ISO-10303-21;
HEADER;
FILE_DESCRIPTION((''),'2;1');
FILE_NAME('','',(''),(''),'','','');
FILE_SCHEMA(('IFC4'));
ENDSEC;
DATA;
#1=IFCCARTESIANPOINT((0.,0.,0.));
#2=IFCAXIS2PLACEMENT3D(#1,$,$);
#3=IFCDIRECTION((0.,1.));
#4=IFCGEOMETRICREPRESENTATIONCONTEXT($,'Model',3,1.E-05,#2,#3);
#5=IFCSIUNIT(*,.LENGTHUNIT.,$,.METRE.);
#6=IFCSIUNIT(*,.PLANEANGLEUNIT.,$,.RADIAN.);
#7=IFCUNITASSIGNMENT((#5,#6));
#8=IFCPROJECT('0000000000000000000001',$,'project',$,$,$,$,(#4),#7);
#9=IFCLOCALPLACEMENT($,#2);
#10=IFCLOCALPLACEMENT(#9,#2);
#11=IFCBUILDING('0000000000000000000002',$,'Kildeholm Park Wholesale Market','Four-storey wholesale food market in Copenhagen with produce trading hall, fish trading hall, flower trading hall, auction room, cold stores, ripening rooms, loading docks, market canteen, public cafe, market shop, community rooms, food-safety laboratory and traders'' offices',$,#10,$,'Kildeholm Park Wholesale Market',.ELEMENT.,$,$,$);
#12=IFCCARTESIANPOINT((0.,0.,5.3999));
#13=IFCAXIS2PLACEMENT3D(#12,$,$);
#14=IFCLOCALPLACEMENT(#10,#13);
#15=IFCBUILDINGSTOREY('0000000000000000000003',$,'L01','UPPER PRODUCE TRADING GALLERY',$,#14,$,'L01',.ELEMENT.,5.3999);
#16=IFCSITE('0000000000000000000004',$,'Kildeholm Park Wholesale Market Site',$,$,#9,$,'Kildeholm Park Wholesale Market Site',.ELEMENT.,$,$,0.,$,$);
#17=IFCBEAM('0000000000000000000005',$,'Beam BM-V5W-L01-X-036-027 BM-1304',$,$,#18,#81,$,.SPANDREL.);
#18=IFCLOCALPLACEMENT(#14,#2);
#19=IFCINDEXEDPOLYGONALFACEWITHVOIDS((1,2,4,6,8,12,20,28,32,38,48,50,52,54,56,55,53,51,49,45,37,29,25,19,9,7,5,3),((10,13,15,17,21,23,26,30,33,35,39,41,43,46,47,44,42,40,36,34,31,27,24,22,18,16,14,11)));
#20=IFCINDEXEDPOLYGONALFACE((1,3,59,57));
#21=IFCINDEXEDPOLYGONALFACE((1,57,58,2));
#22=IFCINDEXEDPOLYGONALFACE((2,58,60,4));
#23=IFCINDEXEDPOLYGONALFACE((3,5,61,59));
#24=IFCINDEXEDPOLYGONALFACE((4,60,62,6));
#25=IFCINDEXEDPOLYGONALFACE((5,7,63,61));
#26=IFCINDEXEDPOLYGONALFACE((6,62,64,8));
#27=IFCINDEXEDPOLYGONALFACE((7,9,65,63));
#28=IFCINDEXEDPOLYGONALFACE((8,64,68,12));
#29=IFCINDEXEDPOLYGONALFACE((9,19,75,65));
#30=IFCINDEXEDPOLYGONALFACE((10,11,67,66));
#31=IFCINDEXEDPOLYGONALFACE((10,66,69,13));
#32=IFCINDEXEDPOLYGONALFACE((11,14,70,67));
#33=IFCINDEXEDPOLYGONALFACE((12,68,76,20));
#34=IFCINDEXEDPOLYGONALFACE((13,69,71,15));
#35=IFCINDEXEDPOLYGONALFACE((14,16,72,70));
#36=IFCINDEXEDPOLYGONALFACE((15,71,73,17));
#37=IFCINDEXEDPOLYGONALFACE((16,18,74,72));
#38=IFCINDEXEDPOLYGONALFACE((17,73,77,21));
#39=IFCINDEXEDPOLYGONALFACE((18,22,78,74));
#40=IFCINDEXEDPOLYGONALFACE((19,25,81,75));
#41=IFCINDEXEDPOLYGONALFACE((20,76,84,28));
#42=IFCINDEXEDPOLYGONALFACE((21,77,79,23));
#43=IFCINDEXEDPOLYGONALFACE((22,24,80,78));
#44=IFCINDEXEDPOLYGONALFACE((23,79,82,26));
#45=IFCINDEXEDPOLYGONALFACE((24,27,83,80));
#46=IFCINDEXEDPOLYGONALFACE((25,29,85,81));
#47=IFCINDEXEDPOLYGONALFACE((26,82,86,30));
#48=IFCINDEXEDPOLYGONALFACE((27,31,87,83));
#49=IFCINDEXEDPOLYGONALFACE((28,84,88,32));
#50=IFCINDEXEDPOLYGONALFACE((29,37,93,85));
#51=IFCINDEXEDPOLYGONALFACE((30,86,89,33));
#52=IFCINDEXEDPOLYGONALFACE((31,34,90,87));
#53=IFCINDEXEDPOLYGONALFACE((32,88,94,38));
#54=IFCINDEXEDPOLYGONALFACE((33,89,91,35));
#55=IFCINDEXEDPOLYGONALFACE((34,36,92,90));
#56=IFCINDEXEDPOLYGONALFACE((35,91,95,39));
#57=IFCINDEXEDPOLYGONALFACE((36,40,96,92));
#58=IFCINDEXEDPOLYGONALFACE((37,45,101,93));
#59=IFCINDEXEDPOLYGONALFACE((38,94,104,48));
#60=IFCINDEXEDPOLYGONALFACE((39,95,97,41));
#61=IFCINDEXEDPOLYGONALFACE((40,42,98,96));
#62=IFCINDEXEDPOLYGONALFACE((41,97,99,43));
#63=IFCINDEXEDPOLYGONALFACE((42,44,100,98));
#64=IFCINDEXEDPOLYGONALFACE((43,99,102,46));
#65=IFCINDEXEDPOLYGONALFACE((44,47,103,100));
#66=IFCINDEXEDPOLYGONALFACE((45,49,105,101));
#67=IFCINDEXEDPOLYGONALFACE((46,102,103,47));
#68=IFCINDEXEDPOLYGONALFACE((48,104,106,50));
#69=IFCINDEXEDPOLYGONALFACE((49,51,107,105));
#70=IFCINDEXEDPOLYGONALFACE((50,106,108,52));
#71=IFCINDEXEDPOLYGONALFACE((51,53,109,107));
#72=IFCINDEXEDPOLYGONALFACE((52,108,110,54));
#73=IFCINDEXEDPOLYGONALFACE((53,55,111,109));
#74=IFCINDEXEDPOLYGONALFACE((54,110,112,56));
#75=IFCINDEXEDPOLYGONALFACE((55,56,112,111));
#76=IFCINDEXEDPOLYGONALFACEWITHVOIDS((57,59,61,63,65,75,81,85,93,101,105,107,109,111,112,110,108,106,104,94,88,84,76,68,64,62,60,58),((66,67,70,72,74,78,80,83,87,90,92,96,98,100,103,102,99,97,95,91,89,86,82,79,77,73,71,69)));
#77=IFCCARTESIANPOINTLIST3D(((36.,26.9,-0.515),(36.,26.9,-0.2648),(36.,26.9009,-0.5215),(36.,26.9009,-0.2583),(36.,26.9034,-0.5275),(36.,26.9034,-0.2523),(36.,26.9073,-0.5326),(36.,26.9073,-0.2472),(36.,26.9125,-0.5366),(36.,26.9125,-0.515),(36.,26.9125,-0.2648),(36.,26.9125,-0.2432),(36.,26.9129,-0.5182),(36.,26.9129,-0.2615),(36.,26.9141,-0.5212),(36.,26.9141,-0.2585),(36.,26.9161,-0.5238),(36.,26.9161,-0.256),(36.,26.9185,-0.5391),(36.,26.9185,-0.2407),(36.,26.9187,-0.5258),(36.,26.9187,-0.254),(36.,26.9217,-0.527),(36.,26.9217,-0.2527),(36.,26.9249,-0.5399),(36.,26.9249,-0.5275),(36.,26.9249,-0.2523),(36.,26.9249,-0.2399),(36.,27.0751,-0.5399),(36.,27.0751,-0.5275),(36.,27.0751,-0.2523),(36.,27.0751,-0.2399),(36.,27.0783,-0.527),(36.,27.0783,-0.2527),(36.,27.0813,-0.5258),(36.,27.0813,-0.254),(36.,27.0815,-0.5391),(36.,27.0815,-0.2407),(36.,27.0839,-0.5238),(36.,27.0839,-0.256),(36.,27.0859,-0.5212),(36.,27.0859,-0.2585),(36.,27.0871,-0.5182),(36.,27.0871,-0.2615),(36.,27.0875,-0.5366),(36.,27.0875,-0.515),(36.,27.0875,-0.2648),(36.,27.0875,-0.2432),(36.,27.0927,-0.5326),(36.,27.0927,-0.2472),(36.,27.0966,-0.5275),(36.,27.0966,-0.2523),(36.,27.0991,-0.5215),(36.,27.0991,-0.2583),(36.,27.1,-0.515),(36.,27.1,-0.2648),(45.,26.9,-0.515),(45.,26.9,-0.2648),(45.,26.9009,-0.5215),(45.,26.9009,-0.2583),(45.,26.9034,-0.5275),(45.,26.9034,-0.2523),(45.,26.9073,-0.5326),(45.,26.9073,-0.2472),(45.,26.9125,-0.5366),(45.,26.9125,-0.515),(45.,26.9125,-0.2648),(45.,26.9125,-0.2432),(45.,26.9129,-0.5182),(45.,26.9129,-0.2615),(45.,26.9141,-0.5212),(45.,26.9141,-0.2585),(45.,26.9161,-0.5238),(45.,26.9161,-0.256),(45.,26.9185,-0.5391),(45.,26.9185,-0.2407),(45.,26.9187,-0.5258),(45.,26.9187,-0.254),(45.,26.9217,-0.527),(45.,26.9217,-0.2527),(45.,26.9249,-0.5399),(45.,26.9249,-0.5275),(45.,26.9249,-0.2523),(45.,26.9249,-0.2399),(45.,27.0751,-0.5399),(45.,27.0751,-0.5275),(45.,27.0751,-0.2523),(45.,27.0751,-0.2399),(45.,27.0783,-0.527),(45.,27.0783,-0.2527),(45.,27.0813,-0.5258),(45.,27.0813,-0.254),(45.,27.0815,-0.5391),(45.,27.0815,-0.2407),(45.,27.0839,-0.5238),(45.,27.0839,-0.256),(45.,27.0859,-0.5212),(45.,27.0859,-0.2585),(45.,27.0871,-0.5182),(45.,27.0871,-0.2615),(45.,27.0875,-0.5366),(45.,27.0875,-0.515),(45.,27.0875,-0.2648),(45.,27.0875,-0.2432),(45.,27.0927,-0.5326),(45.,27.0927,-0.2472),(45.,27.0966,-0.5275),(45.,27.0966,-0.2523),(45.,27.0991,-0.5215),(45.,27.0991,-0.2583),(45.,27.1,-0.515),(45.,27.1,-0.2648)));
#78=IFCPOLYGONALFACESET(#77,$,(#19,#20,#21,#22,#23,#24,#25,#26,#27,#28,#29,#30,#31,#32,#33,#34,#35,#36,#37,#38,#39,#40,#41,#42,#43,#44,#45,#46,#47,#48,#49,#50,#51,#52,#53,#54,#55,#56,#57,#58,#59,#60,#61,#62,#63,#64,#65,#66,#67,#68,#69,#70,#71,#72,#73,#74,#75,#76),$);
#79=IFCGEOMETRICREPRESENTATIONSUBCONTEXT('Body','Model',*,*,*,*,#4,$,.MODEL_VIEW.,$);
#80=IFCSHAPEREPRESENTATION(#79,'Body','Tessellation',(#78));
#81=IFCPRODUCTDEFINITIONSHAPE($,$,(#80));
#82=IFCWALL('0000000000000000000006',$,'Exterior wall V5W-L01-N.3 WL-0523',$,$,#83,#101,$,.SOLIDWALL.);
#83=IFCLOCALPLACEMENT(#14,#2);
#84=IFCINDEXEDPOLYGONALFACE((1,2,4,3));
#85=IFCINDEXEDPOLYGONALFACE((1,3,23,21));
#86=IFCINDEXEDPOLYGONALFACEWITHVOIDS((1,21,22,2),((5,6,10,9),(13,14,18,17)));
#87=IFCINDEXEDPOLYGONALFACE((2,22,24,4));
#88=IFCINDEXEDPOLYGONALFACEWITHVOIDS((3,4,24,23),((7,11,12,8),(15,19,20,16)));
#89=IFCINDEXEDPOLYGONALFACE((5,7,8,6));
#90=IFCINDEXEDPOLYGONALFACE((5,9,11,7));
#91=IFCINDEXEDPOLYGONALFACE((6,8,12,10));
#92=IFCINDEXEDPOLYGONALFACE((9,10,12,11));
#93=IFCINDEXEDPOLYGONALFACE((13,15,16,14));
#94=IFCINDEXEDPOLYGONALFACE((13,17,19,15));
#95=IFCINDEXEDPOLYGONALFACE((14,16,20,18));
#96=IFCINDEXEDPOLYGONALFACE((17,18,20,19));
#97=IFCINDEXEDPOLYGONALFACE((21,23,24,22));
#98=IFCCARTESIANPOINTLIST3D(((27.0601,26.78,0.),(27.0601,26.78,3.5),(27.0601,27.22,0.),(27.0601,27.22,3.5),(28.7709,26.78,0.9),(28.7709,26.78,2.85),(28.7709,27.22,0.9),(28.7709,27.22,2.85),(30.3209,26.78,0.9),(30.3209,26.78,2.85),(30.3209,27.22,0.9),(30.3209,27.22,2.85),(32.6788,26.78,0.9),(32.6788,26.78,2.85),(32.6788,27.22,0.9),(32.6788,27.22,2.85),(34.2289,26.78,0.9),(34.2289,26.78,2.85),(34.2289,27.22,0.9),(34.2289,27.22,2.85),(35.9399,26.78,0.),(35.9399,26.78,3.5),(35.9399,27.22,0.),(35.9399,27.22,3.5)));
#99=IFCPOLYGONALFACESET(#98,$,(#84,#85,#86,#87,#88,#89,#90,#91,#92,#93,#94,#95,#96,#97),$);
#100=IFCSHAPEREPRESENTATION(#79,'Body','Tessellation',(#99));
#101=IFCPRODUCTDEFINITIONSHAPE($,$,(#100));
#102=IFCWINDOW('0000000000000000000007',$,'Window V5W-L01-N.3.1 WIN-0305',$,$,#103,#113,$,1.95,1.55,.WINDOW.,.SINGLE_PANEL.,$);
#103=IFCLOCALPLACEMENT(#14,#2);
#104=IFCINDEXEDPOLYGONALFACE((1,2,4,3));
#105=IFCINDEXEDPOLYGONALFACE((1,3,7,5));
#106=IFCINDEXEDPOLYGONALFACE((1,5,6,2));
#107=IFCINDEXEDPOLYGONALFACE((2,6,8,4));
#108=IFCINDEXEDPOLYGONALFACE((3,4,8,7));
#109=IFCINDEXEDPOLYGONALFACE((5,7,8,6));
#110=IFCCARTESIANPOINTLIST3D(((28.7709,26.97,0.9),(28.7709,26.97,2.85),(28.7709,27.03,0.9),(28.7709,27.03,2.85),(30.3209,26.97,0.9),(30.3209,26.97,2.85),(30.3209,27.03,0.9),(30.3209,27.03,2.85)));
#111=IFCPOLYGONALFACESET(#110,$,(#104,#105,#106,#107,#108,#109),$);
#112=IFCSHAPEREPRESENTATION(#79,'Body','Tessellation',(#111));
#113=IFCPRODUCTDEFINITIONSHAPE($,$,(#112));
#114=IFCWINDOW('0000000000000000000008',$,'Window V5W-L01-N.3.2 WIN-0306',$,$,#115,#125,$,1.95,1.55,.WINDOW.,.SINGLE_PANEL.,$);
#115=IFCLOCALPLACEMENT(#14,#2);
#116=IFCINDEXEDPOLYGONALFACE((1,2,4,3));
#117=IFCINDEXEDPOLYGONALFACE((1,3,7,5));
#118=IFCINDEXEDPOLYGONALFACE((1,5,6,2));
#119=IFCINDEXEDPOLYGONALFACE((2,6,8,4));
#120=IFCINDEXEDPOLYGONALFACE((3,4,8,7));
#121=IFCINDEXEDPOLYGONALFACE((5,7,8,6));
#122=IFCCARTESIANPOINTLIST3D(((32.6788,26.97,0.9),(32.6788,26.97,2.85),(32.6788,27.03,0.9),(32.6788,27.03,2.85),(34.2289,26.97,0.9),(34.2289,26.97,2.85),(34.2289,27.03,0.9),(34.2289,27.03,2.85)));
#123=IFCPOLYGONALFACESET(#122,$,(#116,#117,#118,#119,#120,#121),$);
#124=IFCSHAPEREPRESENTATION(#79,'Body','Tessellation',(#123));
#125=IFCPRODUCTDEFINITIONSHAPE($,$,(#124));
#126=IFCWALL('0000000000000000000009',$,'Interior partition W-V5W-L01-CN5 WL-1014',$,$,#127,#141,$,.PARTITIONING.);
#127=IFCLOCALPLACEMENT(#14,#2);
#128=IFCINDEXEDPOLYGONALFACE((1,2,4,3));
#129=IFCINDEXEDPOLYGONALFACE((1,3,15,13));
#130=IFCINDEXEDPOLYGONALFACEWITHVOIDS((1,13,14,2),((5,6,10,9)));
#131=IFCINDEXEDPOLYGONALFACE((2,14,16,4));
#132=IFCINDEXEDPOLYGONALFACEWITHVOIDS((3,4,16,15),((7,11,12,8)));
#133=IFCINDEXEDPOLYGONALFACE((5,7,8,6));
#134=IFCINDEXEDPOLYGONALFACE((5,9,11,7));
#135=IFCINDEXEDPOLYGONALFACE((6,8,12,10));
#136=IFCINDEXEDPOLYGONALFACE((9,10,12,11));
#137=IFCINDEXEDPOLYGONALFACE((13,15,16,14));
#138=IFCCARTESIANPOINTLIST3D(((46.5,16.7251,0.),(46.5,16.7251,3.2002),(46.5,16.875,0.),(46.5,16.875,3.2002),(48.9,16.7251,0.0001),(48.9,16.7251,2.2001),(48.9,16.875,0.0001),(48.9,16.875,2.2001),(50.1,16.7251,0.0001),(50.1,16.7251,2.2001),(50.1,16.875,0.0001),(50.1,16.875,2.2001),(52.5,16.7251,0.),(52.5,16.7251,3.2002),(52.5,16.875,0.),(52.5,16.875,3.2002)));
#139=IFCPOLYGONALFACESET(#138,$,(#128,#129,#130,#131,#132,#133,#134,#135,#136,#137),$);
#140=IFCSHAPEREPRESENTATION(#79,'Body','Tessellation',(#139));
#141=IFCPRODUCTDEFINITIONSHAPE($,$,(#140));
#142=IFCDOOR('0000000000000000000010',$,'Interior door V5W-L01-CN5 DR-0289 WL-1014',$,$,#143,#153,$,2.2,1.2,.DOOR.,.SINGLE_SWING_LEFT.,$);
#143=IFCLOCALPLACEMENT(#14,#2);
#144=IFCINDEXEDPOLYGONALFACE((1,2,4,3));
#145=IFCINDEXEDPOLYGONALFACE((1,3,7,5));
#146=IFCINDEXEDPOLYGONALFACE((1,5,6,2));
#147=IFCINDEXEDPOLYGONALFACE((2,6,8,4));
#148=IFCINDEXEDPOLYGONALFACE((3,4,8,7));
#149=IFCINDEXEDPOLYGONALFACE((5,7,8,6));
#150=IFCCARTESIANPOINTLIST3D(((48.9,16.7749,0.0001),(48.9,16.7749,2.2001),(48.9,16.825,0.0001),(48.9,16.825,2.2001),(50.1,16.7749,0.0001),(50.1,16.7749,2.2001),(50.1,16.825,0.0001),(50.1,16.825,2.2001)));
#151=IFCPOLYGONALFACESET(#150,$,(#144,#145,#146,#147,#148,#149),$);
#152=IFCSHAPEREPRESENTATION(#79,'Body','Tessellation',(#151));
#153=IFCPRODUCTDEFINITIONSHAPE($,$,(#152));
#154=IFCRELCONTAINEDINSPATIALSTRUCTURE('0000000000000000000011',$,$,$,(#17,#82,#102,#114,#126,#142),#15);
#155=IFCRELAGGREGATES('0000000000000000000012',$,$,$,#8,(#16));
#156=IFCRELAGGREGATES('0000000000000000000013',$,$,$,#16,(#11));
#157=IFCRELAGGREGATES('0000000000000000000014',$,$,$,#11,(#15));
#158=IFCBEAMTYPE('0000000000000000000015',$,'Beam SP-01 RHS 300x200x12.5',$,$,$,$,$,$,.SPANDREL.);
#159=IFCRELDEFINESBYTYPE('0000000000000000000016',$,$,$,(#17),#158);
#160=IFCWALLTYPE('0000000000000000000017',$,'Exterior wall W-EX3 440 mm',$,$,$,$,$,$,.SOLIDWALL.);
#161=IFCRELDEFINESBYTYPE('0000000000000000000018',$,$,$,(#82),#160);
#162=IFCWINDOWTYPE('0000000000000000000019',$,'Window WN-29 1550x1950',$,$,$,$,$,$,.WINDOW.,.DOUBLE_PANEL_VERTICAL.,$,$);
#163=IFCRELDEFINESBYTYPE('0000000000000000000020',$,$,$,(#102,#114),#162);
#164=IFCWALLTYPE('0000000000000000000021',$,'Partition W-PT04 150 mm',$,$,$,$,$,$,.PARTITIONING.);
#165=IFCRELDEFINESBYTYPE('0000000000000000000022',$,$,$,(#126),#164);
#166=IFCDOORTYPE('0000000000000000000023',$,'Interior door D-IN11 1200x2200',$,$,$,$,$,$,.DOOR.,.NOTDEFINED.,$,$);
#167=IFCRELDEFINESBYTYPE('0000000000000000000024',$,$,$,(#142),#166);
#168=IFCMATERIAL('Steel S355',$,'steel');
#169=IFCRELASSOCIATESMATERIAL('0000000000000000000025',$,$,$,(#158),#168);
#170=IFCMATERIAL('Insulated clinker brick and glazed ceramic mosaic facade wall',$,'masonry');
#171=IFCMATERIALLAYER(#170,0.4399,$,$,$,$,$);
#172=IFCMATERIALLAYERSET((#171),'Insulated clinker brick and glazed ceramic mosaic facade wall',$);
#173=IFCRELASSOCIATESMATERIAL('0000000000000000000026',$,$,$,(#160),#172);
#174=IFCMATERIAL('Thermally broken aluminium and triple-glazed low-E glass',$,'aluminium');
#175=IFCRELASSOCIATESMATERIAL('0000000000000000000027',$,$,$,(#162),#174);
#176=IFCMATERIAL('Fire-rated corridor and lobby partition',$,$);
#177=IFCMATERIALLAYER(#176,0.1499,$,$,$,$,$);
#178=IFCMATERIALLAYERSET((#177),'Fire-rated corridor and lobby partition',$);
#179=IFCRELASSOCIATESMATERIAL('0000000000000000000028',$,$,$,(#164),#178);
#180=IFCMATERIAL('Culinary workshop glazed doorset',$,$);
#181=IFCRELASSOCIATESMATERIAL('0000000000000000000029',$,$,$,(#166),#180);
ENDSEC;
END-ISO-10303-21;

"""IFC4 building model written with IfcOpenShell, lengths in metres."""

from ifc_helpers import new_model, si_unit, direction, frame, frame_2d, origin, origin_2d, place, context, subcontext, project, spatial, rectangle, hollow_rectangle, extrude, material, layer, layer_set, material_profile, profile_set, type_object, element, fill, save


model = new_model("IFC4")

# Units and contexts
model_context = context("Model", 3, precision=1e-05, world=origin(), true_north=direction((0.0, 1.0)))
body_context = subcontext(model_context, "Body", "Model", "MODEL_VIEW")
ifc_project = project(units=[si_unit("LENGTHUNIT", "METRE"), si_unit("PLANEANGLEUNIT", "RADIAN")], contexts=[model_context])

# Site, building, storey
site_placement = place(None, origin())
site = spatial("IfcSite", under=ifc_project, at=site_placement, Name="Kildeholm Park Wholesale Market Site", LongName="Kildeholm Park Wholesale Market Site", CompositionType="ELEMENT", RefElevation=0.0)
building_placement = place(site_placement, origin())
building = spatial("IfcBuilding", under=site, at=building_placement, Name="Kildeholm Park Wholesale Market", Description="Four-storey wholesale food market in Copenhagen with produce trading hall, fish trading hall, flower trading hall, auction room, cold stores, ripening rooms, loading docks, market canteen, public cafe, market shop, community rooms, food-safety laboratory and traders' offices", LongName="Kildeholm Park Wholesale Market", CompositionType="ELEMENT")
storey_placement = place(building_placement, frame((0.0, 0.0, 5.3999)))
storey = spatial("IfcBuildingStorey", under=building, at=storey_placement, Name="L01", Description="UPPER PRODUCE TRADING GALLERY", LongName="L01", CompositionType="ELEMENT", Elevation=5.3999)

# Shared definitions
ifc_material_1 = material(Name="Steel S355", Category="steel")

# Beam
ifc_material_profile_1 = material_profile(ifc_material_1, hollow_rectangle(XDim=0.2, YDim=0.3, WallThickness=0.0125, InnerFilletRadius=0.0125, OuterFilletRadius=0.0249, at=origin_2d()), Name="RHS 300x200x12.5")
ifc_profile_set_1 = profile_set([ifc_material_profile_1], Name="Steel S355")
beam_type_1 = type_object("IfcBeamType", Name="Beam SP-01 RHS 300x200x12.5", PredefinedType="SPANDREL", material=ifc_profile_set_1)
for number, where, z_axis, x_axis, name in (
    (1, (36.0, 27.0, -0.3899), (1.0, 0.0, 0.0), (0.0, 1.0, 0.0), "Beam BM-V5W-L01-X-036-027 BM-1304"),
):
    element("IfcBeam", number, at=place(storey_placement, frame(where, z_axis=z_axis, x_axis=x_axis)), inside=storey, type_object=beam_type_1, Name=name, PredefinedType="SPANDREL", context=body_context, shape_type="SweptSolid", body=[
        extrude(hollow_rectangle(XDim=0.2, YDim=0.3, WallThickness=0.0125, InnerFilletRadius=0.0125, OuterFilletRadius=0.0249, at=origin_2d()), origin(), (0.0, 0.0, 1.0), 9.0),
    ])

# Wall, openings, windows
ifc_material_2 = material(Name="Insulated clinker brick and glazed ceramic mosaic facade wall", Category="masonry")
ifc_layer_1 = layer(ifc_material_2, 0.4399)
ifc_layer_set_1 = layer_set([ifc_layer_1], Name="Insulated clinker brick and glazed ceramic mosaic facade wall")
wall_type_1 = type_object("IfcWallType", Name="Exterior wall W-EX3 440 mm", PredefinedType="SOLIDWALL", material=ifc_layer_set_1)
wall_1_placement = place(storey_placement, frame((27.0601, 27.0, 0.0), z_axis=(0.0, 0.0, 1.0), x_axis=(1.0, 0.0, 0.0)))
wall_1 = element("IfcWall", 2, at=wall_1_placement, inside=storey, type_object=wall_type_1, Name="Exterior wall V5W-L01-N.3 WL-0523", PredefinedType="SOLIDWALL", context=body_context, shape_type="SweptSolid", body=[
    extrude(rectangle(XDim=8.8799, YDim=0.4399, at=frame_2d((4.4399, 0.0))), origin(), (0.0, 0.0, 1.0), 3.5),
])
opening_1_placement = place(wall_1_placement, frame((1.7109, 0.0, 0.8999)))
opening_1 = element("IfcOpeningElement", 3, at=opening_1_placement, cuts=wall_1, PredefinedType="OPENING", context=body_context, shape_type="SweptSolid", body=[
    extrude(rectangle(XDim=1.55, YDim=1.95, at=frame_2d((0.7749, 0.9751))), frame((0.0, 0.23, 0.0), z_axis=(0.0, -1.0, 0.0), x_axis=(1.0, 0.0, 0.0)), (0.0, 0.0, 1.0), 0.46),
])
opening_2_placement = place(wall_1_placement, frame((5.6189, 0.0, 0.8999)))
opening_2 = element("IfcOpeningElement", 4, at=opening_2_placement, cuts=wall_1, PredefinedType="OPENING", context=body_context, shape_type="SweptSolid", body=[
    extrude(rectangle(XDim=1.55, YDim=1.95, at=frame_2d((0.7749, 0.9751))), frame((0.0, 0.23, 0.0), z_axis=(0.0, -1.0, 0.0), x_axis=(1.0, 0.0, 0.0)), (0.0, 0.0, 1.0), 0.46),
])
ifc_material_3 = material(Name="Thermally broken aluminium and triple-glazed low-E glass", Category="aluminium")
window_type = type_object("IfcWindowType", Name="Window WN-29 1550x1950", PartitioningType="DOUBLE_PANEL_VERTICAL", PredefinedType="WINDOW", material=ifc_material_3)
window_1_placement = place(opening_1_placement, origin())
window_1 = element("IfcWindow", 5, at=window_1_placement, inside=storey, type_object=window_type, Name="Window V5W-L01-N.3.1 WIN-0305", OverallHeight=1.95, OverallWidth=1.55, PartitioningType="SINGLE_PANEL", PredefinedType="WINDOW", context=body_context, shape_type="SweptSolid", body=[
    extrude(rectangle(XDim=1.55, YDim=1.95, at=frame_2d((0.7749, 0.9751))), frame((0.0, 0.03, 0.0), z_axis=(0.0, -1.0, 0.0), x_axis=(1.0, 0.0, 0.0)), (0.0, 0.0, 1.0), 0.0601),
])
fill(opening_1, window_1)
window_2_placement = place(opening_2_placement, origin())
window_2 = element("IfcWindow", 6, at=window_2_placement, inside=storey, type_object=window_type, Name="Window V5W-L01-N.3.2 WIN-0306", OverallHeight=1.95, OverallWidth=1.55, PartitioningType="SINGLE_PANEL", PredefinedType="WINDOW", context=body_context, shape_type="SweptSolid", body=[
    extrude(rectangle(XDim=1.55, YDim=1.95, at=frame_2d((0.7749, 0.9751))), frame((0.0, 0.03, 0.0), z_axis=(0.0, -1.0, 0.0), x_axis=(1.0, 0.0, 0.0)), (0.0, 0.0, 1.0), 0.0601),
])
fill(opening_2, window_2)

# Wall, opening, door
ifc_material_4 = material(Name="Fire-rated corridor and lobby partition")
ifc_layer_2 = layer(ifc_material_4, 0.1499)
ifc_layer_set_2 = layer_set([ifc_layer_2], Name="Fire-rated corridor and lobby partition")
wall_type_2 = type_object("IfcWallType", Name="Partition W-PT04 150 mm", PredefinedType="PARTITIONING", material=ifc_layer_set_2)
wall_2_placement = place(storey_placement, frame((46.5, 16.8, 0.0), z_axis=(0.0, 0.0, 1.0), x_axis=(1.0, 0.0, 0.0)))
wall_2 = element("IfcWall", 7, at=wall_2_placement, inside=storey, type_object=wall_type_2, Name="Interior partition W-V5W-L01-CN5 WL-1014", PredefinedType="PARTITIONING", context=body_context, shape_type="SweptSolid", body=[
    extrude(rectangle(XDim=6.0, YDim=0.1499, at=frame_2d((3.0, 0.0))), origin(), (0.0, 0.0, 1.0), 3.2002),
])
opening_3_placement = place(wall_2_placement, frame((2.3999, 0.0, 0.0)))
opening_3 = element("IfcOpeningElement", 8, at=opening_3_placement, cuts=wall_2, PredefinedType="OPENING", context=body_context, shape_type="SweptSolid", body=[
    extrude(rectangle(XDim=1.2, YDim=2.2, at=frame_2d((0.6001, 1.1001))), frame((0.0, 0.085, 0.0), z_axis=(0.0, -1.0, 0.0), x_axis=(1.0, 0.0, 0.0)), (0.0, 0.0, 1.0), 0.1699),
])
ifc_material_5 = material(Name="Culinary workshop glazed doorset")
door_type_1 = type_object("IfcDoorType", Name="Interior door D-IN11 1200x2200", OperationType="NOTDEFINED", PredefinedType="DOOR", material=ifc_material_5)
door_1_placement = place(opening_3_placement, origin())
door_1 = element("IfcDoor", 9, at=door_1_placement, inside=storey, type_object=door_type_1, Name="Interior door V5W-L01-CN5 DR-0289 WL-1014", OperationType="SINGLE_SWING_LEFT", OverallHeight=2.2, OverallWidth=1.2, PredefinedType="DOOR", context=body_context, shape_type="SweptSolid", body=[
    extrude(rectangle(XDim=1.2, YDim=2.2, at=frame_2d((0.6001, 1.1001))), frame((0.0, 0.0249, 0.0), z_axis=(0.0, -1.0, 0.0), x_axis=(1.0, 0.0, 0.0)), (0.0, 0.0, 1.0), 0.05),
])
fill(opening_3, door_1)

save(model, "model.ifc")
